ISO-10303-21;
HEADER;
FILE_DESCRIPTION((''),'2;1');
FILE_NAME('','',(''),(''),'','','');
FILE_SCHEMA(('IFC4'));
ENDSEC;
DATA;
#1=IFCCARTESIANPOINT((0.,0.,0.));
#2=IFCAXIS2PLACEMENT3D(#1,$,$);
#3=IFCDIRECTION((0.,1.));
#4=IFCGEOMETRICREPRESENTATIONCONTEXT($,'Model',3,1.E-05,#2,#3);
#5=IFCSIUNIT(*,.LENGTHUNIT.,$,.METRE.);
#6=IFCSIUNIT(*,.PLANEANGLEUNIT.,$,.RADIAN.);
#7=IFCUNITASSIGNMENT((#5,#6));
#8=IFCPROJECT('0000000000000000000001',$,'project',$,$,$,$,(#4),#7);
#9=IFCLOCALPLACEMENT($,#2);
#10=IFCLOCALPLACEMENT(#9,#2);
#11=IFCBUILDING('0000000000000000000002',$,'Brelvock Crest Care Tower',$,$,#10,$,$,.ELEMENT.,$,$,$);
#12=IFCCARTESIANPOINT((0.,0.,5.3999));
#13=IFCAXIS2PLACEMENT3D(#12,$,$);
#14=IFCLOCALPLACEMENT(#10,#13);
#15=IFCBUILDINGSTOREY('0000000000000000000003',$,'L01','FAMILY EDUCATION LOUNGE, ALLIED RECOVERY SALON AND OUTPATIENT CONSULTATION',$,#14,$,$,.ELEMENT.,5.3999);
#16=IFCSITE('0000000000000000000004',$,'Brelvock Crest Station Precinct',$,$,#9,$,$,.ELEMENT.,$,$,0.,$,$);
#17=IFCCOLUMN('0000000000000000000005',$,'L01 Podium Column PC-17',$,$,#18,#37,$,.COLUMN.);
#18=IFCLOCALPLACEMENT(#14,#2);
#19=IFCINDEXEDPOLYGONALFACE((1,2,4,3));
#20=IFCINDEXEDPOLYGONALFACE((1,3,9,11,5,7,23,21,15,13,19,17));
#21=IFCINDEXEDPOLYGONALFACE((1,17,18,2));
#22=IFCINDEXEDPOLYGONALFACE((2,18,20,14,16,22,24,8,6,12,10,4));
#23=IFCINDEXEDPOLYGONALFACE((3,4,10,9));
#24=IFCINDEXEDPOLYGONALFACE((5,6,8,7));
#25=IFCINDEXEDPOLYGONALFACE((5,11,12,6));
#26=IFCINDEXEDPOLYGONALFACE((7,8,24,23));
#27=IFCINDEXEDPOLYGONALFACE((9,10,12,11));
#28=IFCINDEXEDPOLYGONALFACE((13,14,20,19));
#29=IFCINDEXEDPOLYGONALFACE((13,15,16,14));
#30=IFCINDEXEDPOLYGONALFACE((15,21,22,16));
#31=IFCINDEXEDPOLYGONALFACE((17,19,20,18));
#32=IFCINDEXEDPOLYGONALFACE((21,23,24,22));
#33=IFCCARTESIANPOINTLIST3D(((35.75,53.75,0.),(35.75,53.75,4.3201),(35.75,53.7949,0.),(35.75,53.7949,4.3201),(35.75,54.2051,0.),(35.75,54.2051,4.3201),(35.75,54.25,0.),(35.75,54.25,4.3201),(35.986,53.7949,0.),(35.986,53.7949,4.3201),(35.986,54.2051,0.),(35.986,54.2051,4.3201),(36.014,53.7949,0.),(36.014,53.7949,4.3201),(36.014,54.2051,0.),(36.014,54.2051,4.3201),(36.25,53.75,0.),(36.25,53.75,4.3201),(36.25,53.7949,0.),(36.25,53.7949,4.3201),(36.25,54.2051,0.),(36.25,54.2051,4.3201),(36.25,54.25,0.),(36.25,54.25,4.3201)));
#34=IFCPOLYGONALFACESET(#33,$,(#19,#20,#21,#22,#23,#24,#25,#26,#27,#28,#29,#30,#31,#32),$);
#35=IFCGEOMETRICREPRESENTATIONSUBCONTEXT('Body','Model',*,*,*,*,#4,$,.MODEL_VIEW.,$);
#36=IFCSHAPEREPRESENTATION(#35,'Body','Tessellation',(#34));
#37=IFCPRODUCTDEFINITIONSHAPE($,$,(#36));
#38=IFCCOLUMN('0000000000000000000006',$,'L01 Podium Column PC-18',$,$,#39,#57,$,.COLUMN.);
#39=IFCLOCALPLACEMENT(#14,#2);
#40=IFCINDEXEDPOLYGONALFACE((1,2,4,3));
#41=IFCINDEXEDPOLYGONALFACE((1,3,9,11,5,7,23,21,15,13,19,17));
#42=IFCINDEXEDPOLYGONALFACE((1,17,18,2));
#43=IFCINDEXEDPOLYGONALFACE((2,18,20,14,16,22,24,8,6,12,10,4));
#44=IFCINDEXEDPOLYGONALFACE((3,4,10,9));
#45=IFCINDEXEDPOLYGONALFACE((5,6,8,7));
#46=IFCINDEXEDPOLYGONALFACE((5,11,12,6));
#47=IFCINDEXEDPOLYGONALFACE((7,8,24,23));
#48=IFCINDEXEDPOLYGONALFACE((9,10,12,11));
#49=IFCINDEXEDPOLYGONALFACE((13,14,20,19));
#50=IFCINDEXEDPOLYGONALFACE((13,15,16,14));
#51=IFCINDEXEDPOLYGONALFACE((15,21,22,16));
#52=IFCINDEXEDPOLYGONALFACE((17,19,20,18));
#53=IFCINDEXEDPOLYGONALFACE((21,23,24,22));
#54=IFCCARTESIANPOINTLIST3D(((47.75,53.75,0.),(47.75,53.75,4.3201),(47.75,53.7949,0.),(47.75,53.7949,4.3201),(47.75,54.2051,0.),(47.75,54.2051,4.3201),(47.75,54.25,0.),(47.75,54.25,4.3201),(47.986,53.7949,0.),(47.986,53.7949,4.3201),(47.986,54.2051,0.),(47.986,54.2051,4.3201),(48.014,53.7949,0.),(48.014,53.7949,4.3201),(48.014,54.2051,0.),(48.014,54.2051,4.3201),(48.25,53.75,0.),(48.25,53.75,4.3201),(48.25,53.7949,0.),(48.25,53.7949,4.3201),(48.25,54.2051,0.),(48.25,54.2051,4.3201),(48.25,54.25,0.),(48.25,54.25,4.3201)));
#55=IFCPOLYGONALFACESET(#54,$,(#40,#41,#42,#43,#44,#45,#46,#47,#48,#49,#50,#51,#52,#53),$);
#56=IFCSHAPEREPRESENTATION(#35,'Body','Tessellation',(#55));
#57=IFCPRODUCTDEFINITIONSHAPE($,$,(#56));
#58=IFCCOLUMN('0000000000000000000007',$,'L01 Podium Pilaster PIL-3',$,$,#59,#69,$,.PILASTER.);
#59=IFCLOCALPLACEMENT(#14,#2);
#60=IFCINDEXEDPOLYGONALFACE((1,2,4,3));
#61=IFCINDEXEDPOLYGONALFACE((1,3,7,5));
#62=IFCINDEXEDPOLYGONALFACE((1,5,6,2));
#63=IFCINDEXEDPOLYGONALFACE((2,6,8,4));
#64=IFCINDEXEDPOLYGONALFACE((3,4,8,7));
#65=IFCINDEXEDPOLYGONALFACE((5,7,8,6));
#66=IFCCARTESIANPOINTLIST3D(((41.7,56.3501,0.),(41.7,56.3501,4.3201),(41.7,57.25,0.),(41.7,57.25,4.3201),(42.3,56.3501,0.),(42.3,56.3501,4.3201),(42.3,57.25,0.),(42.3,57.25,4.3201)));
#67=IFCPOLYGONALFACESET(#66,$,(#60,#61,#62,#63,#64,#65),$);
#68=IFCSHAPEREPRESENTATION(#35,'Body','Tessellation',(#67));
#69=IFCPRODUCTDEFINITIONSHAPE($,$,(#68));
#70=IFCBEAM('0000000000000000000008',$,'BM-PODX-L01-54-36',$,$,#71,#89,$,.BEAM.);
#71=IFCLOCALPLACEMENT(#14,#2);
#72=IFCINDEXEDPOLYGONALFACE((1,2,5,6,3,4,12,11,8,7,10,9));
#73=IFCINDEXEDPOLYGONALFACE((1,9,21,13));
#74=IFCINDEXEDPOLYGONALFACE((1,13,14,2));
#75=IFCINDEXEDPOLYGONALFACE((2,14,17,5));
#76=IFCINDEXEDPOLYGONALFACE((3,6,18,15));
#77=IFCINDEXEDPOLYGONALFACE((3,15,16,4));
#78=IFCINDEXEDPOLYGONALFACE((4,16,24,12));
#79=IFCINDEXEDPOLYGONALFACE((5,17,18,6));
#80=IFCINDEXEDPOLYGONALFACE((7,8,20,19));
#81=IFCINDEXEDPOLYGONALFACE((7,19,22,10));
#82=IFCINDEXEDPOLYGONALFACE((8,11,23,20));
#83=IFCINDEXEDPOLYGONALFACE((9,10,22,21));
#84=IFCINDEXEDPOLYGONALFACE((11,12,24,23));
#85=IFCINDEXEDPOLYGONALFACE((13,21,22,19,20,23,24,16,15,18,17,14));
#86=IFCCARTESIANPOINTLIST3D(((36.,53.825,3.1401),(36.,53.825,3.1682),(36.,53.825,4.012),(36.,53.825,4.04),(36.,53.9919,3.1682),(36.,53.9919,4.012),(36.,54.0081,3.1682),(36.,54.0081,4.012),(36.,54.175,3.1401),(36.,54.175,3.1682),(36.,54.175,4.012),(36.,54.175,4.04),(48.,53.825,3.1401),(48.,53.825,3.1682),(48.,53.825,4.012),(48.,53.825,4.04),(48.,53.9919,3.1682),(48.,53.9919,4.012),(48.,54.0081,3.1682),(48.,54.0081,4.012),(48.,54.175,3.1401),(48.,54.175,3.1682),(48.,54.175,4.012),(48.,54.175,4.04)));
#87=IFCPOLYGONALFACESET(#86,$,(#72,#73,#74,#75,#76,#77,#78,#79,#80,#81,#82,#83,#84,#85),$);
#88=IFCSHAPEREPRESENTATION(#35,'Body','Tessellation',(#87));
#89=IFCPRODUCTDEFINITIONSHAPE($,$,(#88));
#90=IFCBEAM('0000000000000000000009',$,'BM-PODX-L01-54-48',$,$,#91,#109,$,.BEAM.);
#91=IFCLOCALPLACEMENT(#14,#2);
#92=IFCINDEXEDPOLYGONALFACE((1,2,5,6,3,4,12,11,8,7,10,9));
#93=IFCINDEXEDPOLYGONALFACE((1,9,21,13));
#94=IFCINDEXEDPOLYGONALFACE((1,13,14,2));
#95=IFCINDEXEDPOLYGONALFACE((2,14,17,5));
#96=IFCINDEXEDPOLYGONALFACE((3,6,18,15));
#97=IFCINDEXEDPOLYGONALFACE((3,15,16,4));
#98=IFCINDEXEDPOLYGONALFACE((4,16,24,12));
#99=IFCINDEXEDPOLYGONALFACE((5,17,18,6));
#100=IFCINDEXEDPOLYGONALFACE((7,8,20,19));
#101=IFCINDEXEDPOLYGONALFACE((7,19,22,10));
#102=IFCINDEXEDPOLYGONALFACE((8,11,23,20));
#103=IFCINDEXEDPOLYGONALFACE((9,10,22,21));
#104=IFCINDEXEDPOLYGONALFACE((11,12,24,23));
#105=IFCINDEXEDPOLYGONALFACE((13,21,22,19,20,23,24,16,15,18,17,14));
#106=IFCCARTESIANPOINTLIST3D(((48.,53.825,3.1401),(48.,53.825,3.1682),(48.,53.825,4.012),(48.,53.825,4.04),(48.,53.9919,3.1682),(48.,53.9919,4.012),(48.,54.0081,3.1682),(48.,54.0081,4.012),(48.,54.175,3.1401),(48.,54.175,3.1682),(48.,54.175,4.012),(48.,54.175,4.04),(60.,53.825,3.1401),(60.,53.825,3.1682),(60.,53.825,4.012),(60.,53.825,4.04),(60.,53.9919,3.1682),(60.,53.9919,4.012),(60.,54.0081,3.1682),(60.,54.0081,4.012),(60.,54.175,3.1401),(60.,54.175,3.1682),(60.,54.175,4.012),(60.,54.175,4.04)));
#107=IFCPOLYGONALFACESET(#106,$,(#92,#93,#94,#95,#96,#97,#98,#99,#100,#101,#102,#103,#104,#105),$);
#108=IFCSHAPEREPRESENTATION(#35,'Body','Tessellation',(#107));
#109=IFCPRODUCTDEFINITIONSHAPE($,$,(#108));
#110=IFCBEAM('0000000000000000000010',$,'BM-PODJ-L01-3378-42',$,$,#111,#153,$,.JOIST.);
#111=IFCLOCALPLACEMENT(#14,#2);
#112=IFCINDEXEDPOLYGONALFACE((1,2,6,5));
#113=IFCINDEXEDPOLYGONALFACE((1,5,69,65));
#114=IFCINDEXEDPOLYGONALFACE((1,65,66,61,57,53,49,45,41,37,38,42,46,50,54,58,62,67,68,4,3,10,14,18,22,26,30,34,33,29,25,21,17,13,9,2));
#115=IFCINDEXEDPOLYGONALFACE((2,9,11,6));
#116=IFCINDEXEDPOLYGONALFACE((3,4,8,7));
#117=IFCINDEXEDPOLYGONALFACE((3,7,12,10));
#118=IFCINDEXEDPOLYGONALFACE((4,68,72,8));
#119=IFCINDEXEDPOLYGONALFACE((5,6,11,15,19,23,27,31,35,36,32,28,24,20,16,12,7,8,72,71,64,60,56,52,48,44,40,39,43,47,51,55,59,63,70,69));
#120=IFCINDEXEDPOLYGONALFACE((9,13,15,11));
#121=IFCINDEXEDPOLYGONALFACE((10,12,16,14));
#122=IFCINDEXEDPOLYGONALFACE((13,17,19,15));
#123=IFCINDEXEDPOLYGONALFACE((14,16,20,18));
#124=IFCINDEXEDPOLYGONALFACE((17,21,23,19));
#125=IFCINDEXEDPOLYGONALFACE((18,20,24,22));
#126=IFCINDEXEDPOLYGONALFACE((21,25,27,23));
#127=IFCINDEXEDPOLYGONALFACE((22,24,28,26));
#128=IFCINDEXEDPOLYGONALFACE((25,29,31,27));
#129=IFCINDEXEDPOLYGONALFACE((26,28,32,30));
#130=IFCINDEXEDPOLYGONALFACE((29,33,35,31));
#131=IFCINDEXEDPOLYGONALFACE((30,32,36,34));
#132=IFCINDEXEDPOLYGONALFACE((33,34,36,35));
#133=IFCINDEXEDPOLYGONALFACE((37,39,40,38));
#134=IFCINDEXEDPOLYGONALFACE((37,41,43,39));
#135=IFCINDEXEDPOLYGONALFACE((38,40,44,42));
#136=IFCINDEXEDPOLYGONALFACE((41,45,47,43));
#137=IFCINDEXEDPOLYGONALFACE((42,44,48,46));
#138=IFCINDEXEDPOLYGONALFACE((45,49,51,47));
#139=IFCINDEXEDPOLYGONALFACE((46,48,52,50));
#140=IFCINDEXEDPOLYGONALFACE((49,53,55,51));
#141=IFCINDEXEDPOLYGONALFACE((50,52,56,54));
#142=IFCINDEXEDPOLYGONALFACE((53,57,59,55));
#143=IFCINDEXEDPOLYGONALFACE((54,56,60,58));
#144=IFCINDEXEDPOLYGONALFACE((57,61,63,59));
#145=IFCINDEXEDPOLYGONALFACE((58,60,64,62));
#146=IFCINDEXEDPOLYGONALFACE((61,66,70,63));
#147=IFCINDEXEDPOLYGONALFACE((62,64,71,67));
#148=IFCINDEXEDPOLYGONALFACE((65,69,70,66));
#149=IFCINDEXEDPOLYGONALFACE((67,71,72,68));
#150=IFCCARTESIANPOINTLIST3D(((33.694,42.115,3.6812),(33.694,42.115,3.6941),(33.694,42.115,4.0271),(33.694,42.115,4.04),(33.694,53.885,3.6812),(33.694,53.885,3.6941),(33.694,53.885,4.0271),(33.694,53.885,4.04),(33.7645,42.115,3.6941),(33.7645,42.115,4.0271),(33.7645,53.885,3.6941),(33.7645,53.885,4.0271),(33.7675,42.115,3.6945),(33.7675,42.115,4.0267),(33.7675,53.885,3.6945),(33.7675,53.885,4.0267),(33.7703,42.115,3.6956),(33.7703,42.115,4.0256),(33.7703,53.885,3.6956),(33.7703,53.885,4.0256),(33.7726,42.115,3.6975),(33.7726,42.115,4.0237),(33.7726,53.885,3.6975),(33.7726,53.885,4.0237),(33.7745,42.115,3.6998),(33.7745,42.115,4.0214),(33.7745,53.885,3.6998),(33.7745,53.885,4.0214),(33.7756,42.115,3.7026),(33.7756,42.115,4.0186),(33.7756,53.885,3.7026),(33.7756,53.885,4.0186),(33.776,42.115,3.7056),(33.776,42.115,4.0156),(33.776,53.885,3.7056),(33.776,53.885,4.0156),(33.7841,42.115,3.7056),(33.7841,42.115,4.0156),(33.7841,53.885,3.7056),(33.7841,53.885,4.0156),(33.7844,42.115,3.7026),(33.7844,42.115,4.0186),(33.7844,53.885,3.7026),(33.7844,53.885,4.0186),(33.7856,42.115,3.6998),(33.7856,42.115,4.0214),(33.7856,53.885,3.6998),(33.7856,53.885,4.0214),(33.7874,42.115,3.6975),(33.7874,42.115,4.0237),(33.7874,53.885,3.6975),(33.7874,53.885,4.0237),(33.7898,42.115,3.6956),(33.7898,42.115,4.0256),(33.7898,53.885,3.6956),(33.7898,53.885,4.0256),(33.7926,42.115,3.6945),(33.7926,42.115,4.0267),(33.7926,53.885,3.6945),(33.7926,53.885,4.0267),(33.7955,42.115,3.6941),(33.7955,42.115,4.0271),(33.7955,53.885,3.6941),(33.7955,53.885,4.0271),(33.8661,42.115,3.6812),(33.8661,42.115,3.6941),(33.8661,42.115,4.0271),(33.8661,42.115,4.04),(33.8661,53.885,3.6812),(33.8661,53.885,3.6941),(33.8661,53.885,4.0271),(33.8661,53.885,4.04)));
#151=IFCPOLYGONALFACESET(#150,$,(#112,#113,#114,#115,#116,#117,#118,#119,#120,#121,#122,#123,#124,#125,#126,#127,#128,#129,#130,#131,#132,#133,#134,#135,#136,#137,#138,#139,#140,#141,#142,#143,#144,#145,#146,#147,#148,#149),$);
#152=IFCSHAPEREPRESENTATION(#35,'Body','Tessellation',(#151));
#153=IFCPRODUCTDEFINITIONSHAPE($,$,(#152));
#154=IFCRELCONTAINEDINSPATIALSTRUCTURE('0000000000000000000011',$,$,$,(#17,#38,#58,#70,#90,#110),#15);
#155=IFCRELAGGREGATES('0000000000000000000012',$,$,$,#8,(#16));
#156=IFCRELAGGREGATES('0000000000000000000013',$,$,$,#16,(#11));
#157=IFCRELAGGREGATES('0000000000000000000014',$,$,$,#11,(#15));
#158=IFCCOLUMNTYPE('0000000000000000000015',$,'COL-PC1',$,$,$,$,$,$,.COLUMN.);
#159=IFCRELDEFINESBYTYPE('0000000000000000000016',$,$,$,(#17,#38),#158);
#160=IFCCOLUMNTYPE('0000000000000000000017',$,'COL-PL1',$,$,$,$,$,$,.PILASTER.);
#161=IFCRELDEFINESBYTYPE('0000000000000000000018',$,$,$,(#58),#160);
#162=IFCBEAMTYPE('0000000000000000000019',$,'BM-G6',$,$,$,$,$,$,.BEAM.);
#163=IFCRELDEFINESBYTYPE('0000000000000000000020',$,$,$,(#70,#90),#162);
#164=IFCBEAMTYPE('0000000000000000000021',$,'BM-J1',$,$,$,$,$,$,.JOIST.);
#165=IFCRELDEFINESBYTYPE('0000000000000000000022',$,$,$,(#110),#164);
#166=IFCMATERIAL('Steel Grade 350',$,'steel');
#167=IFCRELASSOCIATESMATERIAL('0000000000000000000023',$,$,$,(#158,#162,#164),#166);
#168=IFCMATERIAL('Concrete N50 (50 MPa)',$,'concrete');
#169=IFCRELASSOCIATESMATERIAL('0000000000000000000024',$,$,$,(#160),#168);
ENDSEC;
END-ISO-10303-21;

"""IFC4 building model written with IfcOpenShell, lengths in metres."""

from ifc_helpers import new_model, si_unit, direction, frame, origin, origin_2d, place, context, subcontext, project, spatial, rectangle, i_section, extrude, source, transform, mapped, material, material_profile, profile_set, type_object, element, save


model = new_model("IFC4")

# Units and contexts
model_context = context("Model", 3, precision=1e-05, world=origin(), true_north=direction((0.0, 1.0)))
body_context = subcontext(model_context, "Body", "Model", "MODEL_VIEW")
ifc_project = project(units=[si_unit("LENGTHUNIT", "METRE"), si_unit("PLANEANGLEUNIT", "RADIAN")], contexts=[model_context])

# Site, building, storey
site_placement = place(None, origin())
site = spatial("IfcSite", under=ifc_project, at=site_placement, Name="Brelvock Crest Station Precinct", CompositionType="ELEMENT", RefElevation=0.0)
building_placement = place(site_placement, origin())
building = spatial("IfcBuilding", under=site, at=building_placement, Name="Brelvock Crest Care Tower", CompositionType="ELEMENT")
storey_placement = place(building_placement, frame((0.0, 0.0, 5.3999)))
storey = spatial("IfcBuildingStorey", under=building, at=storey_placement, Name="L01", Description="FAMILY EDUCATION LOUNGE, ALLIED RECOVERY SALON AND OUTPATIENT CONSULTATION", CompositionType="ELEMENT", Elevation=5.3999)

# Columns
ifc_material_1 = material(Name="Steel Grade 350", Category="steel")
ifc_material_profile_1 = material_profile(ifc_material_1, i_section(OverallWidth=0.5, OverallDepth=0.5, WebThickness=0.0281, FlangeThickness=0.0449, at=origin_2d()), Name="500WC440")
ifc_profile_set_1 = profile_set([ifc_material_profile_1], Name="Steel Grade 350")
column_type_1 = type_object("IfcColumnType", Name="COL-PC1", PredefinedType="COLUMN", material=ifc_profile_set_1)
shared_shape_1 = source(origin(), body_context, "Body", "SweptSolid", [
    extrude(i_section(OverallWidth=0.5, OverallDepth=0.5, WebThickness=0.0281, FlangeThickness=0.0449, at=origin_2d()), origin(), (0.0, 0.0, 1.0), 4.3201),
])
for number, where, z_axis, x_axis, name in (
    (1, (36.0, 54.0, 0.0), (0.0, 0.0, 1.0), (1.0, 0.0, 0.0), "L01 Podium Column PC-17"),
    (2, (48.0, 54.0, 0.0), (0.0, 0.0, 1.0), (1.0, 0.0, 0.0), "L01 Podium Column PC-18"),
):
    element("IfcColumn", number, at=place(storey_placement, frame(where, z_axis=z_axis, x_axis=x_axis)), inside=storey, type_object=column_type_1, Name=name, PredefinedType="COLUMN", context=body_context, shape_type="MappedRepresentation", body=[
        mapped(shared_shape_1, transform((0.0, 0.0, 0.0), x_axis=(1.0, 0.0, 0.0), y_axis=(0.0, 1.0, 0.0), z_axis=(0.0, 0.0, 1.0), scale=1.0)),
    ])
ifc_material_2 = material(Name="Concrete N50 (50 MPa)", Category="concrete")
ifc_material_profile_2 = material_profile(ifc_material_2, rectangle(XDim=0.6001, YDim=0.8999, at=origin_2d()), Name="RC600x900")
ifc_profile_set_2 = profile_set([ifc_material_profile_2], Name="Concrete N50 (50 MPa)")
column_type_2 = type_object("IfcColumnType", Name="COL-PL1", PredefinedType="PILASTER", material=ifc_profile_set_2)
shared_shape_2 = source(origin(), body_context, "Body", "SweptSolid", [
    extrude(rectangle(XDim=0.6001, YDim=0.8999, at=origin_2d()), origin(), (0.0, 0.0, 1.0), 4.3201),
])
column_placement = place(storey_placement, frame((42.0, 56.8, 0.0), z_axis=(0.0, 0.0, 1.0), x_axis=(1.0, 0.0, 0.0)))
element("IfcColumn", 3, at=column_placement, inside=storey, type_object=column_type_2, Name="L01 Podium Pilaster PIL-3", PredefinedType="PILASTER", context=body_context, shape_type="MappedRepresentation", body=[
    mapped(shared_shape_2, transform((0.0, 0.0, 0.0), x_axis=(1.0, 0.0, 0.0), y_axis=(0.0, 1.0, 0.0), z_axis=(0.0, 0.0, 1.0), scale=1.0)),
])

# Beams
ifc_material_profile_3 = material_profile(ifc_material_1, i_section(OverallWidth=0.3501, OverallDepth=0.8999, WebThickness=0.0161, FlangeThickness=0.0281, at=origin_2d()), Name="900WB257")
ifc_profile_set_3 = profile_set([ifc_material_profile_3], Name="Steel Grade 350")
beam_type_1 = type_object("IfcBeamType", Name="BM-G6", PredefinedType="BEAM", material=ifc_profile_set_3)
shared_shape_3 = source(origin(), body_context, "Body", "SweptSolid", [
    extrude(i_section(OverallWidth=0.3501, OverallDepth=0.8999, WebThickness=0.0161, FlangeThickness=0.0281, at=origin_2d()), origin(), (0.0, 0.0, 1.0), 12.0),
])
for number, where, z_axis, x_axis, name in (
    (4, (36.0, 54.0, 3.5901), (1.0, 0.0, 0.0), (0.0, 1.0, 0.0), "BM-PODX-L01-54-36"),
    (5, (48.0, 54.0, 3.5901), (1.0, 0.0, 0.0), (0.0, 1.0, 0.0), "BM-PODX-L01-54-48"),
):
    element("IfcBeam", number, at=place(storey_placement, frame(where, z_axis=z_axis, x_axis=x_axis)), inside=storey, type_object=beam_type_1, Name=name, PredefinedType="BEAM", context=body_context, shape_type="MappedRepresentation", body=[
        mapped(shared_shape_3, transform((0.0, 0.0, 0.0), x_axis=(1.0, 0.0, 0.0), y_axis=(0.0, 1.0, 0.0), z_axis=(0.0, 0.0, 1.0), scale=1.0)),
    ])
ifc_material_profile_4 = material_profile(ifc_material_1, i_section(OverallWidth=0.1721, OverallDepth=0.3589, WebThickness=0.0081, FlangeThickness=0.0129, FilletRadius=0.0115, at=origin_2d()), Name="360UB56.7")
ifc_profile_set_4 = profile_set([ifc_material_profile_4], Name="Steel Grade 350")
beam_type_2 = type_object("IfcBeamType", Name="BM-J1", PredefinedType="JOIST", material=ifc_profile_set_4)
shared_shape_4 = source(origin(), body_context, "Body", "SweptSolid", [
    extrude(i_section(OverallWidth=0.1721, OverallDepth=0.3589, WebThickness=0.0081, FlangeThickness=0.0129, FilletRadius=0.0115, at=origin_2d()), origin(), (0.0, 0.0, 1.0), 11.77),
])
for number, where, z_axis, x_axis, name in (
    (6, (33.78, 42.115, 3.8606), (0.0, 1.0, 0.0), (-1.0, 0.0, 0.0), "BM-PODJ-L01-3378-42"),
):
    element("IfcBeam", number, at=place(storey_placement, frame(where, z_axis=z_axis, x_axis=x_axis)), inside=storey, type_object=beam_type_2, Name=name, PredefinedType="JOIST", context=body_context, shape_type="MappedRepresentation", body=[
        mapped(shared_shape_4, transform((0.0, 0.0, 0.0), x_axis=(1.0, 0.0, 0.0), y_axis=(0.0, 1.0, 0.0), z_axis=(0.0, 0.0, 1.0), scale=1.0)),
    ])

save(model, "model.ifc")
